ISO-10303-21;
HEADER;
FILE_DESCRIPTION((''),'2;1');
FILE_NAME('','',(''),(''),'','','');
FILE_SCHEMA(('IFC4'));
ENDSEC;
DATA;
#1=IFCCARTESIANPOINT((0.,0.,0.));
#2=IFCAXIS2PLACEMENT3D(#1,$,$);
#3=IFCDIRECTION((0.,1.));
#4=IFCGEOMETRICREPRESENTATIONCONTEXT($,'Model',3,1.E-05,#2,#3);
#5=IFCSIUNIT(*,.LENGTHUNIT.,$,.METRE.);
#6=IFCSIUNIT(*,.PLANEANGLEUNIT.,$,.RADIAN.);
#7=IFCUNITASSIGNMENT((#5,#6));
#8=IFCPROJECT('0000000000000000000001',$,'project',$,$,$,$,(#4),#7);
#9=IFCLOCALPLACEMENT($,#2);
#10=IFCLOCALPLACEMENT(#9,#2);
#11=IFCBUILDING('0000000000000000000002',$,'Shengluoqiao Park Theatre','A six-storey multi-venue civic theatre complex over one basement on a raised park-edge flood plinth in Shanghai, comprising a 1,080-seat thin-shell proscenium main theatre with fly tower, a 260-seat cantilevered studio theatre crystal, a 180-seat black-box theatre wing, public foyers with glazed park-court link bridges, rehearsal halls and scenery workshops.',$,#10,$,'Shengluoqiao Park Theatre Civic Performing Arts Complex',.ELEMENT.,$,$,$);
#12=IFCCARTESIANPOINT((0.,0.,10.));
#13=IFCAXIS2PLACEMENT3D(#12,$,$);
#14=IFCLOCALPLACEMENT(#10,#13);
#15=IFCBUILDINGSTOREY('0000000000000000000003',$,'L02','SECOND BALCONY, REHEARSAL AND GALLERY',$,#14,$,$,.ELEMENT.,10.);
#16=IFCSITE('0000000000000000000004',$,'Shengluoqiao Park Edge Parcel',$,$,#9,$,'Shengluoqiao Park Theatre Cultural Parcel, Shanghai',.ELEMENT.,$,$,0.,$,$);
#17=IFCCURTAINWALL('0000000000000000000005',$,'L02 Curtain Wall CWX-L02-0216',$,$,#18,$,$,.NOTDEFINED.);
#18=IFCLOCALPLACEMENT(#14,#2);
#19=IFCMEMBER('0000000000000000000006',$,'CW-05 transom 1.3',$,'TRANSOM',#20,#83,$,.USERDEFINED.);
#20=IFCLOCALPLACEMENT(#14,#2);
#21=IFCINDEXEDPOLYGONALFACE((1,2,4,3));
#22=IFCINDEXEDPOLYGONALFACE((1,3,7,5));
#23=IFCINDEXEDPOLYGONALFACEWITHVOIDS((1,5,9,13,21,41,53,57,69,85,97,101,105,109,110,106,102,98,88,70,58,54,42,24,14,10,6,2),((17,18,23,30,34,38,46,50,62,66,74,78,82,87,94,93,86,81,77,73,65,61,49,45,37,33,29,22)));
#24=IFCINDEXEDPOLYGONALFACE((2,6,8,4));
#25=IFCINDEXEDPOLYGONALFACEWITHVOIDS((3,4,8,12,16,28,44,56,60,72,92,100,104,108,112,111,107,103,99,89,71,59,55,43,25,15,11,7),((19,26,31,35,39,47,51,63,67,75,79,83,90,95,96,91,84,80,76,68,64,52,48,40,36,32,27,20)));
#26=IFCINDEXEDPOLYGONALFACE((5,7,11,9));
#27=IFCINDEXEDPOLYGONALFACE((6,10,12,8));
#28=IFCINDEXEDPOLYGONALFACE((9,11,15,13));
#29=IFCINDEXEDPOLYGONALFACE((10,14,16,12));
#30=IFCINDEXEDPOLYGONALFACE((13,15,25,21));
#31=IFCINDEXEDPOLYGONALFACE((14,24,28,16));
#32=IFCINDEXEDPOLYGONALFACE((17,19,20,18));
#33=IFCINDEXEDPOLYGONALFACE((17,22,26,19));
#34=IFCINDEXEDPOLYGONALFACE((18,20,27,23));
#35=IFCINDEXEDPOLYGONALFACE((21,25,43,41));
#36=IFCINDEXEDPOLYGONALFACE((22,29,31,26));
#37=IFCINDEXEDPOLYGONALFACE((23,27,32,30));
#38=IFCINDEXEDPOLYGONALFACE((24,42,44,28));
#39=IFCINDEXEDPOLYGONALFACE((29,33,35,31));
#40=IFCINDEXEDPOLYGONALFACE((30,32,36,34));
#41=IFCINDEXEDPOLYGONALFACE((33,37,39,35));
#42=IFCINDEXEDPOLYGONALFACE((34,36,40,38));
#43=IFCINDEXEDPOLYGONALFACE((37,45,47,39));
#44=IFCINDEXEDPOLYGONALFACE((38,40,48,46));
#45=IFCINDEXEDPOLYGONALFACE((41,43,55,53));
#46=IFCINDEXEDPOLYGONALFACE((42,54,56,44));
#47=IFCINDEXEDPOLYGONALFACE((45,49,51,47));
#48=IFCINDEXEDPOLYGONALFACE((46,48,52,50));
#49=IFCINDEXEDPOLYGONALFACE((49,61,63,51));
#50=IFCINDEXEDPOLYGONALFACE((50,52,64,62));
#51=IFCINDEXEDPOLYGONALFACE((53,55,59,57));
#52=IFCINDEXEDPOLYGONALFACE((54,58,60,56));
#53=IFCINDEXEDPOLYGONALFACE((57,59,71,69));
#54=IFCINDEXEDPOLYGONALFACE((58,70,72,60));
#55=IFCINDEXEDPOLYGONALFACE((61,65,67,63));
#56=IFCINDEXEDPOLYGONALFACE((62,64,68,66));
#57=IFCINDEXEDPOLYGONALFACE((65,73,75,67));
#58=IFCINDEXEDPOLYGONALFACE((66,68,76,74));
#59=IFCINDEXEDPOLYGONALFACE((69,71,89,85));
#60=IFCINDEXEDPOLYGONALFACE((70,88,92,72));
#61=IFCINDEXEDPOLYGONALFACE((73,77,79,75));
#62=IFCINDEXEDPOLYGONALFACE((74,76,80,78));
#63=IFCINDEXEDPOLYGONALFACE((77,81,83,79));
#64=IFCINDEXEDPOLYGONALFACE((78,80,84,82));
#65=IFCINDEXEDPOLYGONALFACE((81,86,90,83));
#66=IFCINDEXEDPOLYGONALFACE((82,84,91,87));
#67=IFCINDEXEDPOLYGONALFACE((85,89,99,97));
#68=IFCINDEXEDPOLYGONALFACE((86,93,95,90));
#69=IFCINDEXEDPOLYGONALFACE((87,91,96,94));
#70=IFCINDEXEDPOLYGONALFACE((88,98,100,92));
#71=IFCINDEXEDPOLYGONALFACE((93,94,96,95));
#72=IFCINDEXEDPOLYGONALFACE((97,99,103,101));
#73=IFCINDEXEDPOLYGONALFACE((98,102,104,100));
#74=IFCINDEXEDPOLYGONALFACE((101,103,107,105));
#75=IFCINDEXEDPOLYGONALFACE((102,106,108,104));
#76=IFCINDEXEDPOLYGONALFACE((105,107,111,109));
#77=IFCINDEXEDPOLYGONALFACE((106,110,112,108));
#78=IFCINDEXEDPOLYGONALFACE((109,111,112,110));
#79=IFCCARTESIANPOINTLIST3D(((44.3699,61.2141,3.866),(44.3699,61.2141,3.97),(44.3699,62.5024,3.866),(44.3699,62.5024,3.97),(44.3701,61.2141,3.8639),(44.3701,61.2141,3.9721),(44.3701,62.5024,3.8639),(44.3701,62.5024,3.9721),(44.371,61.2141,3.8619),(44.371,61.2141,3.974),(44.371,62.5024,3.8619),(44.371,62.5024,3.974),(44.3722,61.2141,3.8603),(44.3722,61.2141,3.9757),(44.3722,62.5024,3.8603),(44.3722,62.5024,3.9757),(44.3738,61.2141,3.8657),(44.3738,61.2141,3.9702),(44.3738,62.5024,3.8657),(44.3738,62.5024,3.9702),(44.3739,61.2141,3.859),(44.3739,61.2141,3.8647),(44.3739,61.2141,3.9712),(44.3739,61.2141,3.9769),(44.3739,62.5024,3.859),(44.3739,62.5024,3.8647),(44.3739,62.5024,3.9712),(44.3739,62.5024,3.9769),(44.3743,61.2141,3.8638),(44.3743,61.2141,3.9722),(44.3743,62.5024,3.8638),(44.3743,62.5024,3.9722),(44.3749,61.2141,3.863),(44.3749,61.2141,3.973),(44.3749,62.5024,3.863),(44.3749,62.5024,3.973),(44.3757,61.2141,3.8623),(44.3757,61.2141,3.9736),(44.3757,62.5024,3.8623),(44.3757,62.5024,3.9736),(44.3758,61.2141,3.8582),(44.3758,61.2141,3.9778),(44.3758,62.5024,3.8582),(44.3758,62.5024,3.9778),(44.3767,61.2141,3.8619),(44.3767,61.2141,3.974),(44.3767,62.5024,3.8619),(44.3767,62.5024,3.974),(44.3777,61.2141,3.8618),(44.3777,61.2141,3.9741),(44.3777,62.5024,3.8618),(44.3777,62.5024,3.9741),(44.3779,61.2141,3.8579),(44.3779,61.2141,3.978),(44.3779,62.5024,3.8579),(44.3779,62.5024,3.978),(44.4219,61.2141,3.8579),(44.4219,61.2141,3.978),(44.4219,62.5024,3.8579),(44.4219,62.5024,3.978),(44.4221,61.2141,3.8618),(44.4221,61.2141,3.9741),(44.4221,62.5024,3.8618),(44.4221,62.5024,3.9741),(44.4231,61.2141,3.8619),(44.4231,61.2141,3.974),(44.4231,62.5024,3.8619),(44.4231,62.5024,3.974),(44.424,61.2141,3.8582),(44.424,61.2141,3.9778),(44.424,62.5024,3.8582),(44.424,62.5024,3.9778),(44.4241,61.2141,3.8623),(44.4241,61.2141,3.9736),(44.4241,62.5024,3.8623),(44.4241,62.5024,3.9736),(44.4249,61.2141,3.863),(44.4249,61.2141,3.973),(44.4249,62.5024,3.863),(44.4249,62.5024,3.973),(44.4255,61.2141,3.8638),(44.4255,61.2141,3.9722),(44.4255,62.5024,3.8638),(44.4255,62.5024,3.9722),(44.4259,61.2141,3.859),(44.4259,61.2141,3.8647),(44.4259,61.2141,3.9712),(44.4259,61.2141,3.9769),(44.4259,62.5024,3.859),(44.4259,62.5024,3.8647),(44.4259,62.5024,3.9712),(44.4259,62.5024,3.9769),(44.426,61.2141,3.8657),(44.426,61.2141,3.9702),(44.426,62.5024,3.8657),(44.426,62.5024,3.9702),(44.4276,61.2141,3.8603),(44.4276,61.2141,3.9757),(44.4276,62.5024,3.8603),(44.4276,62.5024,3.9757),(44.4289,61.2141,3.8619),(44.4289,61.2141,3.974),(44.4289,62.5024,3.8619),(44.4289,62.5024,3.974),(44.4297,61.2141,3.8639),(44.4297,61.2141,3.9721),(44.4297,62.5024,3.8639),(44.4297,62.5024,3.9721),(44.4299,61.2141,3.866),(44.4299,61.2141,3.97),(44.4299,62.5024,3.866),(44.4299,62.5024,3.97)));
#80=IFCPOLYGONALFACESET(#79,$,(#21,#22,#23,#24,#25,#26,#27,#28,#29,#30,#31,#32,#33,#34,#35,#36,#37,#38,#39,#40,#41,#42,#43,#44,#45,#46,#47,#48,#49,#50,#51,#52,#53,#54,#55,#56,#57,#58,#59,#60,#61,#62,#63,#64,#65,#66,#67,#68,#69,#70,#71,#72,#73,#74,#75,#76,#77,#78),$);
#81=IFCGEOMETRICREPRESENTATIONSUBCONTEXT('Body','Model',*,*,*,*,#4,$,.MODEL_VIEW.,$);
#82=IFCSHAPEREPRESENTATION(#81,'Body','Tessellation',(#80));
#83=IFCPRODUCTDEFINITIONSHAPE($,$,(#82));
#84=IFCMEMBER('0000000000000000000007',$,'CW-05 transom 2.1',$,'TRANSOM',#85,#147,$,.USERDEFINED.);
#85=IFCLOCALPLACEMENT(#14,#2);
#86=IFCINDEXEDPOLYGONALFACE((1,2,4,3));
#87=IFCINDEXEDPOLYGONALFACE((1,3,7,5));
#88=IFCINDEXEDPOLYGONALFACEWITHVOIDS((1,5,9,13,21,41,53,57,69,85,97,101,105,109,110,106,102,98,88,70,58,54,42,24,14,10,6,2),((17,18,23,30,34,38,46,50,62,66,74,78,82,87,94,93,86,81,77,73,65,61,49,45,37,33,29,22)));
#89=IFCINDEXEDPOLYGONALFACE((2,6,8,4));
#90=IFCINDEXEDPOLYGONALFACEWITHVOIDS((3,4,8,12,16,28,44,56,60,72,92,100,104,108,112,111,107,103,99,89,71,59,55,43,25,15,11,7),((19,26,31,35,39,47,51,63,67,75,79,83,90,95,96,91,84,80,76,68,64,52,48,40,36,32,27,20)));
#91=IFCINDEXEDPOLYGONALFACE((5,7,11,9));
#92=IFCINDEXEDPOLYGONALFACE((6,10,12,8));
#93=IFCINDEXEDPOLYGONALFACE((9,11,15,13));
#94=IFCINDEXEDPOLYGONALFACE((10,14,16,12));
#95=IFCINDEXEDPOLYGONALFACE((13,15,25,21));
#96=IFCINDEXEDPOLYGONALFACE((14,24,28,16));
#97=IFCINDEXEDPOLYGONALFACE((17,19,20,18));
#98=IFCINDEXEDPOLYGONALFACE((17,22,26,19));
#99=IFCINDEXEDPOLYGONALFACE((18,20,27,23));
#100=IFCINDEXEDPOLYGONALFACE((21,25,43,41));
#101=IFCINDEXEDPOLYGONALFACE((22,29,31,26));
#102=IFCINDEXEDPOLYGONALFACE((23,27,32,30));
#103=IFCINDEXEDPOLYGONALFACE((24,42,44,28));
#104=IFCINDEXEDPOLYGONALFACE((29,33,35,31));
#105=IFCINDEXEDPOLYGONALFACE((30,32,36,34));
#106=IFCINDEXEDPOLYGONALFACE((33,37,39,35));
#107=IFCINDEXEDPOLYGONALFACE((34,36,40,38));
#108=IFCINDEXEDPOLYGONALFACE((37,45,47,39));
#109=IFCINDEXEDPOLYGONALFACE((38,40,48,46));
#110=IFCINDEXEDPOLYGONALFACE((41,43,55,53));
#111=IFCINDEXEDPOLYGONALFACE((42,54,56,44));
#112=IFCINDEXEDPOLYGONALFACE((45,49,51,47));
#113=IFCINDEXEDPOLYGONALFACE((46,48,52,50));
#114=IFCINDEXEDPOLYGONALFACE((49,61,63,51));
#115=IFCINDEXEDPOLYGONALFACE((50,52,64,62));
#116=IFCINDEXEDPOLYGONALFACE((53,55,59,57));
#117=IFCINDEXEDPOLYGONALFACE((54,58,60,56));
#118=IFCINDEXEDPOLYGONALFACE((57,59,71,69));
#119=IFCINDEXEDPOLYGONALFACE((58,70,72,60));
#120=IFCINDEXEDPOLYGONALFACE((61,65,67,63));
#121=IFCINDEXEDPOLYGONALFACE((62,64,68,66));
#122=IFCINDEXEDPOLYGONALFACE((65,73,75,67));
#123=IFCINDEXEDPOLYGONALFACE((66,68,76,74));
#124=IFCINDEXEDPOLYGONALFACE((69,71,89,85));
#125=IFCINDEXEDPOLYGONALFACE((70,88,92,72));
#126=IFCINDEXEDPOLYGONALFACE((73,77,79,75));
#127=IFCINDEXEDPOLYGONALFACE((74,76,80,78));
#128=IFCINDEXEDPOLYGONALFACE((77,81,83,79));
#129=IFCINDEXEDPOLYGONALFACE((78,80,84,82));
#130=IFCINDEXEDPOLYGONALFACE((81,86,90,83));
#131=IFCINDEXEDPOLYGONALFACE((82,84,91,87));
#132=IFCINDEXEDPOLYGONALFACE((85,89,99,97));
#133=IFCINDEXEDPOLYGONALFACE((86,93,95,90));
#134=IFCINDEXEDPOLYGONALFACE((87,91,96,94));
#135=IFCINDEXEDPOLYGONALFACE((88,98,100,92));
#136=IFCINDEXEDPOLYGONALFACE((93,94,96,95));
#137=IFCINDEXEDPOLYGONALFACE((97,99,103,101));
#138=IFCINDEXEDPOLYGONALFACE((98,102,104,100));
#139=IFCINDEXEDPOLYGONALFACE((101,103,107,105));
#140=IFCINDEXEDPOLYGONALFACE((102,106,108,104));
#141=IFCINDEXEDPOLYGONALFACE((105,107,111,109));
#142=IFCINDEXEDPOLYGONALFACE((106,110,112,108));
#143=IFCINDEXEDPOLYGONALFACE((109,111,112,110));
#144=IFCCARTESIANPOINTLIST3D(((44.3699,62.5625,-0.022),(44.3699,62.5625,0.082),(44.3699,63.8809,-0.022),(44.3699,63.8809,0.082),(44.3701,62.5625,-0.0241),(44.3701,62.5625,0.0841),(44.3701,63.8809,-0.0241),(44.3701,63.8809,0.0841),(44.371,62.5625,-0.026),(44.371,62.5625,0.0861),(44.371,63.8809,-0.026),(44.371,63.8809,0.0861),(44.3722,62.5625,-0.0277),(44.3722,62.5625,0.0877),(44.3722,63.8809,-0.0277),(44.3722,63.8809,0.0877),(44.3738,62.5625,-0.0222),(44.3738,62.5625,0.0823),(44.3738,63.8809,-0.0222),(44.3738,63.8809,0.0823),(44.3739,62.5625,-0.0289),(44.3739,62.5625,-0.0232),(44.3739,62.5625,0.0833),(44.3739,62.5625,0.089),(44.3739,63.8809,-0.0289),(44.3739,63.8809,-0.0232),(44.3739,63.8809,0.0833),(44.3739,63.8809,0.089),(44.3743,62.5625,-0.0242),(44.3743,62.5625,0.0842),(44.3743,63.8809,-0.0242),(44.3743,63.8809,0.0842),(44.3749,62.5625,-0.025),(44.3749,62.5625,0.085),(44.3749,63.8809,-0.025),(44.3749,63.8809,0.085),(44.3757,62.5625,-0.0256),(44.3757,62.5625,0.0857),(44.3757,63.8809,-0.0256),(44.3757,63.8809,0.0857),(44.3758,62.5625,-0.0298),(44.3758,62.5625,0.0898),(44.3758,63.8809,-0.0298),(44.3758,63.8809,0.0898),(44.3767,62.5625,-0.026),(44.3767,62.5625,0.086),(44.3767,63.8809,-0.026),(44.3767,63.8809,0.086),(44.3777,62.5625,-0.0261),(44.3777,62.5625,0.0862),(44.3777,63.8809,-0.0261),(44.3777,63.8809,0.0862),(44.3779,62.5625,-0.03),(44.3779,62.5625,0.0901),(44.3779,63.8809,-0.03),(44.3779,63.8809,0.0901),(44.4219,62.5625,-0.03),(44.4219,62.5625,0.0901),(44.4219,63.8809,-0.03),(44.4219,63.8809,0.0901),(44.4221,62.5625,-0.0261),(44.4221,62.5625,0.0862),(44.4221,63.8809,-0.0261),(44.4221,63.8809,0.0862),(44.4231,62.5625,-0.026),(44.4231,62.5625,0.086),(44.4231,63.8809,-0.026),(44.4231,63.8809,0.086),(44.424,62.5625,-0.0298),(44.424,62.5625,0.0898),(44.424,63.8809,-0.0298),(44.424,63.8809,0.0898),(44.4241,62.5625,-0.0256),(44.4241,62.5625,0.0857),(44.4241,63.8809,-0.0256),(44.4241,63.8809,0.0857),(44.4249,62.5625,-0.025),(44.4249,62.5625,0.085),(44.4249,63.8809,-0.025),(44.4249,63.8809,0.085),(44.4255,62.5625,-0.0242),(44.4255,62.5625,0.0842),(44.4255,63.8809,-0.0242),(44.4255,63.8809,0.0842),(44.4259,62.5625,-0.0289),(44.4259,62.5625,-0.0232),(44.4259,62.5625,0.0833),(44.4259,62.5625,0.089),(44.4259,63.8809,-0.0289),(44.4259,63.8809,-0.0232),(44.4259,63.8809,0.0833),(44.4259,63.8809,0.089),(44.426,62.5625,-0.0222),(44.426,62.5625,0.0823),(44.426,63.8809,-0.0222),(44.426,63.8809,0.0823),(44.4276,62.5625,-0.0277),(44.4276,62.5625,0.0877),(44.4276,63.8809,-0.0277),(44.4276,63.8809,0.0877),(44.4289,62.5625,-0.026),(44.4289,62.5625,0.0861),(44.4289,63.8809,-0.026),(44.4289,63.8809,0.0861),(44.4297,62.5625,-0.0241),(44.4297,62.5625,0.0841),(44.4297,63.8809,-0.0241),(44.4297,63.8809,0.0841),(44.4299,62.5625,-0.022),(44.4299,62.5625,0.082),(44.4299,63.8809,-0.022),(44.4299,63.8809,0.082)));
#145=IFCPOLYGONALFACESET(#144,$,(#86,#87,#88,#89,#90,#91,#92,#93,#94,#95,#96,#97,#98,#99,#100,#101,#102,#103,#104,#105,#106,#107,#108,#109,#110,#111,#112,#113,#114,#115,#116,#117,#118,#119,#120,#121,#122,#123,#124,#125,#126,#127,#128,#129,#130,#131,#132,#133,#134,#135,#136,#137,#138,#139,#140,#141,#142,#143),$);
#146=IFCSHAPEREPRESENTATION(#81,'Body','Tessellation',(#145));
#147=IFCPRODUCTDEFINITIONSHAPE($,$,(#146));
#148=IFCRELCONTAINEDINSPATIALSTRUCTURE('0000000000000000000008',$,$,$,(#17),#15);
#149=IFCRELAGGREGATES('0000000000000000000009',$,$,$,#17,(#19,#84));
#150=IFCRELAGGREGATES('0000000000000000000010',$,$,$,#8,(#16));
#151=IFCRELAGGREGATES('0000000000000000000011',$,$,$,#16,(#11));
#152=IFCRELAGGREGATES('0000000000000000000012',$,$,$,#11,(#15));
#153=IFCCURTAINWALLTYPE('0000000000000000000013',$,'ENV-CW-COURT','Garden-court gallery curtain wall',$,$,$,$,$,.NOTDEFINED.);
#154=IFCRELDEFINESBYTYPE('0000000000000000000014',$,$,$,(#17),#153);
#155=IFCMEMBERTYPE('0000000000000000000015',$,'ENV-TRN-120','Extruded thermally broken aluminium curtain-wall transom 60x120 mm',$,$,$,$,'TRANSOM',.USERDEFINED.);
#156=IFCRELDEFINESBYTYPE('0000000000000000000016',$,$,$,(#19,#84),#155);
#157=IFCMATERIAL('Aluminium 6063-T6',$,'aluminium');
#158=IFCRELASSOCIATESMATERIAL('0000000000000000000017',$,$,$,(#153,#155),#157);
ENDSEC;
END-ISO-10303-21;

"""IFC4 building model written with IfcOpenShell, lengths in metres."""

from ifc_helpers import new_model, si_unit, direction, frame, origin, origin_2d, place, context, subcontext, project, spatial, hollow_rectangle, extrude, material, material_profile, profile_set, type_object, element, aggregate, save


model = new_model("IFC4")

# Units and contexts
model_context = context("Model", 3, precision=1e-05, world=origin(), true_north=direction((0.0, 1.0)))
body_context = subcontext(model_context, "Body", "Model", "MODEL_VIEW")
ifc_project = project(units=[si_unit("LENGTHUNIT", "METRE"), si_unit("PLANEANGLEUNIT", "RADIAN")], contexts=[model_context])

# Site, building, storey
site_placement = place(None, origin())
site = spatial("IfcSite", under=ifc_project, at=site_placement, Name="Shengluoqiao Park Edge Parcel", LongName="Shengluoqiao Park Theatre Cultural Parcel, Shanghai", CompositionType="ELEMENT", RefElevation=0.0)
building_placement = place(site_placement, origin())
building = spatial("IfcBuilding", under=site, at=building_placement, Name="Shengluoqiao Park Theatre", Description="A six-storey multi-venue civic theatre complex over one basement on a raised park-edge flood plinth in Shanghai, comprising a 1,080-seat thin-shell proscenium main theatre with fly tower, a 260-seat cantilevered studio theatre crystal, a 180-seat black-box theatre wing, public foyers with glazed park-court link bridges, rehearsal halls and scenery workshops.", LongName="Shengluoqiao Park Theatre Civic Performing Arts Complex", CompositionType="ELEMENT")
storey_placement = place(building_placement, frame((0.0, 0.0, 10.0)))
storey = spatial("IfcBuildingStorey", under=building, at=storey_placement, Name="L02", Description="SECOND BALCONY, REHEARSAL AND GALLERY", CompositionType="ELEMENT", Elevation=10.0)

# Curtain wall
ifc_material_1 = material(Name="Aluminium 6063-T6", Category="aluminium")
curtain_wall_type = type_object("IfcCurtainWallType", Name="ENV-CW-COURT", Description="Garden-court gallery curtain wall", PredefinedType="NOTDEFINED", material=ifc_material_1)
curtain_wall_1_placement = place(storey_placement, origin())
curtain_wall_1 = element("IfcCurtainWall", 1, at=curtain_wall_1_placement, inside=storey, type_object=curtain_wall_type, Name="L02 Curtain Wall CWX-L02-0216", PredefinedType="NOTDEFINED")

# Members
ifc_material_profile_1 = material_profile(ifc_material_1, hollow_rectangle(XDim=0.0601, YDim=0.1201, WallThickness=0.0039, InnerFilletRadius=0.0039, OuterFilletRadius=0.0081, at=origin_2d()), Name="ALU TRANSOM 120x60x4")
ifc_profile_set_1 = profile_set([ifc_material_profile_1], Name="Aluminium 6063-T6")
member_type_1 = type_object("IfcMemberType", Name="ENV-TRN-120", Description="Extruded thermally broken aluminium curtain-wall transom 60x120 mm", ElementType="TRANSOM", PredefinedType="USERDEFINED", material=ifc_profile_set_1)
member_1_placement = place(storey_placement, frame((44.3999, 61.2141, 3.918), z_axis=(0.0, 1.0, 0.0), x_axis=(-1.0, 0.0, 0.0)))
member_1 = element("IfcMember", 2, at=member_1_placement, type_object=member_type_1, Name="CW-05 transom 1.3", ObjectType="TRANSOM", PredefinedType="USERDEFINED", context=body_context, shape_type="SweptSolid", body=[
    extrude(hollow_rectangle(XDim=0.0601, YDim=0.1201, WallThickness=0.0039, InnerFilletRadius=0.0039, OuterFilletRadius=0.0081, at=origin_2d()), origin(), (0.0, 0.0, 1.0), 1.2883),
])
member_2_placement = place(storey_placement, frame((44.3999, 62.5625, 0.03), z_axis=(0.0, 1.0, 0.0), x_axis=(-1.0, 0.0, 0.0)))
member_2 = element("IfcMember", 3, at=member_2_placement, type_object=member_type_1, Name="CW-05 transom 2.1", ObjectType="TRANSOM", PredefinedType="USERDEFINED", context=body_context, shape_type="SweptSolid", body=[
    extrude(hollow_rectangle(XDim=0.0601, YDim=0.1201, WallThickness=0.0039, InnerFilletRadius=0.0039, OuterFilletRadius=0.0081, at=origin_2d()), origin(), (0.0, 0.0, 1.0), 1.3184),
])

aggregate(curtain_wall_1, [member_1, member_2])

save(model, "model.ifc")
